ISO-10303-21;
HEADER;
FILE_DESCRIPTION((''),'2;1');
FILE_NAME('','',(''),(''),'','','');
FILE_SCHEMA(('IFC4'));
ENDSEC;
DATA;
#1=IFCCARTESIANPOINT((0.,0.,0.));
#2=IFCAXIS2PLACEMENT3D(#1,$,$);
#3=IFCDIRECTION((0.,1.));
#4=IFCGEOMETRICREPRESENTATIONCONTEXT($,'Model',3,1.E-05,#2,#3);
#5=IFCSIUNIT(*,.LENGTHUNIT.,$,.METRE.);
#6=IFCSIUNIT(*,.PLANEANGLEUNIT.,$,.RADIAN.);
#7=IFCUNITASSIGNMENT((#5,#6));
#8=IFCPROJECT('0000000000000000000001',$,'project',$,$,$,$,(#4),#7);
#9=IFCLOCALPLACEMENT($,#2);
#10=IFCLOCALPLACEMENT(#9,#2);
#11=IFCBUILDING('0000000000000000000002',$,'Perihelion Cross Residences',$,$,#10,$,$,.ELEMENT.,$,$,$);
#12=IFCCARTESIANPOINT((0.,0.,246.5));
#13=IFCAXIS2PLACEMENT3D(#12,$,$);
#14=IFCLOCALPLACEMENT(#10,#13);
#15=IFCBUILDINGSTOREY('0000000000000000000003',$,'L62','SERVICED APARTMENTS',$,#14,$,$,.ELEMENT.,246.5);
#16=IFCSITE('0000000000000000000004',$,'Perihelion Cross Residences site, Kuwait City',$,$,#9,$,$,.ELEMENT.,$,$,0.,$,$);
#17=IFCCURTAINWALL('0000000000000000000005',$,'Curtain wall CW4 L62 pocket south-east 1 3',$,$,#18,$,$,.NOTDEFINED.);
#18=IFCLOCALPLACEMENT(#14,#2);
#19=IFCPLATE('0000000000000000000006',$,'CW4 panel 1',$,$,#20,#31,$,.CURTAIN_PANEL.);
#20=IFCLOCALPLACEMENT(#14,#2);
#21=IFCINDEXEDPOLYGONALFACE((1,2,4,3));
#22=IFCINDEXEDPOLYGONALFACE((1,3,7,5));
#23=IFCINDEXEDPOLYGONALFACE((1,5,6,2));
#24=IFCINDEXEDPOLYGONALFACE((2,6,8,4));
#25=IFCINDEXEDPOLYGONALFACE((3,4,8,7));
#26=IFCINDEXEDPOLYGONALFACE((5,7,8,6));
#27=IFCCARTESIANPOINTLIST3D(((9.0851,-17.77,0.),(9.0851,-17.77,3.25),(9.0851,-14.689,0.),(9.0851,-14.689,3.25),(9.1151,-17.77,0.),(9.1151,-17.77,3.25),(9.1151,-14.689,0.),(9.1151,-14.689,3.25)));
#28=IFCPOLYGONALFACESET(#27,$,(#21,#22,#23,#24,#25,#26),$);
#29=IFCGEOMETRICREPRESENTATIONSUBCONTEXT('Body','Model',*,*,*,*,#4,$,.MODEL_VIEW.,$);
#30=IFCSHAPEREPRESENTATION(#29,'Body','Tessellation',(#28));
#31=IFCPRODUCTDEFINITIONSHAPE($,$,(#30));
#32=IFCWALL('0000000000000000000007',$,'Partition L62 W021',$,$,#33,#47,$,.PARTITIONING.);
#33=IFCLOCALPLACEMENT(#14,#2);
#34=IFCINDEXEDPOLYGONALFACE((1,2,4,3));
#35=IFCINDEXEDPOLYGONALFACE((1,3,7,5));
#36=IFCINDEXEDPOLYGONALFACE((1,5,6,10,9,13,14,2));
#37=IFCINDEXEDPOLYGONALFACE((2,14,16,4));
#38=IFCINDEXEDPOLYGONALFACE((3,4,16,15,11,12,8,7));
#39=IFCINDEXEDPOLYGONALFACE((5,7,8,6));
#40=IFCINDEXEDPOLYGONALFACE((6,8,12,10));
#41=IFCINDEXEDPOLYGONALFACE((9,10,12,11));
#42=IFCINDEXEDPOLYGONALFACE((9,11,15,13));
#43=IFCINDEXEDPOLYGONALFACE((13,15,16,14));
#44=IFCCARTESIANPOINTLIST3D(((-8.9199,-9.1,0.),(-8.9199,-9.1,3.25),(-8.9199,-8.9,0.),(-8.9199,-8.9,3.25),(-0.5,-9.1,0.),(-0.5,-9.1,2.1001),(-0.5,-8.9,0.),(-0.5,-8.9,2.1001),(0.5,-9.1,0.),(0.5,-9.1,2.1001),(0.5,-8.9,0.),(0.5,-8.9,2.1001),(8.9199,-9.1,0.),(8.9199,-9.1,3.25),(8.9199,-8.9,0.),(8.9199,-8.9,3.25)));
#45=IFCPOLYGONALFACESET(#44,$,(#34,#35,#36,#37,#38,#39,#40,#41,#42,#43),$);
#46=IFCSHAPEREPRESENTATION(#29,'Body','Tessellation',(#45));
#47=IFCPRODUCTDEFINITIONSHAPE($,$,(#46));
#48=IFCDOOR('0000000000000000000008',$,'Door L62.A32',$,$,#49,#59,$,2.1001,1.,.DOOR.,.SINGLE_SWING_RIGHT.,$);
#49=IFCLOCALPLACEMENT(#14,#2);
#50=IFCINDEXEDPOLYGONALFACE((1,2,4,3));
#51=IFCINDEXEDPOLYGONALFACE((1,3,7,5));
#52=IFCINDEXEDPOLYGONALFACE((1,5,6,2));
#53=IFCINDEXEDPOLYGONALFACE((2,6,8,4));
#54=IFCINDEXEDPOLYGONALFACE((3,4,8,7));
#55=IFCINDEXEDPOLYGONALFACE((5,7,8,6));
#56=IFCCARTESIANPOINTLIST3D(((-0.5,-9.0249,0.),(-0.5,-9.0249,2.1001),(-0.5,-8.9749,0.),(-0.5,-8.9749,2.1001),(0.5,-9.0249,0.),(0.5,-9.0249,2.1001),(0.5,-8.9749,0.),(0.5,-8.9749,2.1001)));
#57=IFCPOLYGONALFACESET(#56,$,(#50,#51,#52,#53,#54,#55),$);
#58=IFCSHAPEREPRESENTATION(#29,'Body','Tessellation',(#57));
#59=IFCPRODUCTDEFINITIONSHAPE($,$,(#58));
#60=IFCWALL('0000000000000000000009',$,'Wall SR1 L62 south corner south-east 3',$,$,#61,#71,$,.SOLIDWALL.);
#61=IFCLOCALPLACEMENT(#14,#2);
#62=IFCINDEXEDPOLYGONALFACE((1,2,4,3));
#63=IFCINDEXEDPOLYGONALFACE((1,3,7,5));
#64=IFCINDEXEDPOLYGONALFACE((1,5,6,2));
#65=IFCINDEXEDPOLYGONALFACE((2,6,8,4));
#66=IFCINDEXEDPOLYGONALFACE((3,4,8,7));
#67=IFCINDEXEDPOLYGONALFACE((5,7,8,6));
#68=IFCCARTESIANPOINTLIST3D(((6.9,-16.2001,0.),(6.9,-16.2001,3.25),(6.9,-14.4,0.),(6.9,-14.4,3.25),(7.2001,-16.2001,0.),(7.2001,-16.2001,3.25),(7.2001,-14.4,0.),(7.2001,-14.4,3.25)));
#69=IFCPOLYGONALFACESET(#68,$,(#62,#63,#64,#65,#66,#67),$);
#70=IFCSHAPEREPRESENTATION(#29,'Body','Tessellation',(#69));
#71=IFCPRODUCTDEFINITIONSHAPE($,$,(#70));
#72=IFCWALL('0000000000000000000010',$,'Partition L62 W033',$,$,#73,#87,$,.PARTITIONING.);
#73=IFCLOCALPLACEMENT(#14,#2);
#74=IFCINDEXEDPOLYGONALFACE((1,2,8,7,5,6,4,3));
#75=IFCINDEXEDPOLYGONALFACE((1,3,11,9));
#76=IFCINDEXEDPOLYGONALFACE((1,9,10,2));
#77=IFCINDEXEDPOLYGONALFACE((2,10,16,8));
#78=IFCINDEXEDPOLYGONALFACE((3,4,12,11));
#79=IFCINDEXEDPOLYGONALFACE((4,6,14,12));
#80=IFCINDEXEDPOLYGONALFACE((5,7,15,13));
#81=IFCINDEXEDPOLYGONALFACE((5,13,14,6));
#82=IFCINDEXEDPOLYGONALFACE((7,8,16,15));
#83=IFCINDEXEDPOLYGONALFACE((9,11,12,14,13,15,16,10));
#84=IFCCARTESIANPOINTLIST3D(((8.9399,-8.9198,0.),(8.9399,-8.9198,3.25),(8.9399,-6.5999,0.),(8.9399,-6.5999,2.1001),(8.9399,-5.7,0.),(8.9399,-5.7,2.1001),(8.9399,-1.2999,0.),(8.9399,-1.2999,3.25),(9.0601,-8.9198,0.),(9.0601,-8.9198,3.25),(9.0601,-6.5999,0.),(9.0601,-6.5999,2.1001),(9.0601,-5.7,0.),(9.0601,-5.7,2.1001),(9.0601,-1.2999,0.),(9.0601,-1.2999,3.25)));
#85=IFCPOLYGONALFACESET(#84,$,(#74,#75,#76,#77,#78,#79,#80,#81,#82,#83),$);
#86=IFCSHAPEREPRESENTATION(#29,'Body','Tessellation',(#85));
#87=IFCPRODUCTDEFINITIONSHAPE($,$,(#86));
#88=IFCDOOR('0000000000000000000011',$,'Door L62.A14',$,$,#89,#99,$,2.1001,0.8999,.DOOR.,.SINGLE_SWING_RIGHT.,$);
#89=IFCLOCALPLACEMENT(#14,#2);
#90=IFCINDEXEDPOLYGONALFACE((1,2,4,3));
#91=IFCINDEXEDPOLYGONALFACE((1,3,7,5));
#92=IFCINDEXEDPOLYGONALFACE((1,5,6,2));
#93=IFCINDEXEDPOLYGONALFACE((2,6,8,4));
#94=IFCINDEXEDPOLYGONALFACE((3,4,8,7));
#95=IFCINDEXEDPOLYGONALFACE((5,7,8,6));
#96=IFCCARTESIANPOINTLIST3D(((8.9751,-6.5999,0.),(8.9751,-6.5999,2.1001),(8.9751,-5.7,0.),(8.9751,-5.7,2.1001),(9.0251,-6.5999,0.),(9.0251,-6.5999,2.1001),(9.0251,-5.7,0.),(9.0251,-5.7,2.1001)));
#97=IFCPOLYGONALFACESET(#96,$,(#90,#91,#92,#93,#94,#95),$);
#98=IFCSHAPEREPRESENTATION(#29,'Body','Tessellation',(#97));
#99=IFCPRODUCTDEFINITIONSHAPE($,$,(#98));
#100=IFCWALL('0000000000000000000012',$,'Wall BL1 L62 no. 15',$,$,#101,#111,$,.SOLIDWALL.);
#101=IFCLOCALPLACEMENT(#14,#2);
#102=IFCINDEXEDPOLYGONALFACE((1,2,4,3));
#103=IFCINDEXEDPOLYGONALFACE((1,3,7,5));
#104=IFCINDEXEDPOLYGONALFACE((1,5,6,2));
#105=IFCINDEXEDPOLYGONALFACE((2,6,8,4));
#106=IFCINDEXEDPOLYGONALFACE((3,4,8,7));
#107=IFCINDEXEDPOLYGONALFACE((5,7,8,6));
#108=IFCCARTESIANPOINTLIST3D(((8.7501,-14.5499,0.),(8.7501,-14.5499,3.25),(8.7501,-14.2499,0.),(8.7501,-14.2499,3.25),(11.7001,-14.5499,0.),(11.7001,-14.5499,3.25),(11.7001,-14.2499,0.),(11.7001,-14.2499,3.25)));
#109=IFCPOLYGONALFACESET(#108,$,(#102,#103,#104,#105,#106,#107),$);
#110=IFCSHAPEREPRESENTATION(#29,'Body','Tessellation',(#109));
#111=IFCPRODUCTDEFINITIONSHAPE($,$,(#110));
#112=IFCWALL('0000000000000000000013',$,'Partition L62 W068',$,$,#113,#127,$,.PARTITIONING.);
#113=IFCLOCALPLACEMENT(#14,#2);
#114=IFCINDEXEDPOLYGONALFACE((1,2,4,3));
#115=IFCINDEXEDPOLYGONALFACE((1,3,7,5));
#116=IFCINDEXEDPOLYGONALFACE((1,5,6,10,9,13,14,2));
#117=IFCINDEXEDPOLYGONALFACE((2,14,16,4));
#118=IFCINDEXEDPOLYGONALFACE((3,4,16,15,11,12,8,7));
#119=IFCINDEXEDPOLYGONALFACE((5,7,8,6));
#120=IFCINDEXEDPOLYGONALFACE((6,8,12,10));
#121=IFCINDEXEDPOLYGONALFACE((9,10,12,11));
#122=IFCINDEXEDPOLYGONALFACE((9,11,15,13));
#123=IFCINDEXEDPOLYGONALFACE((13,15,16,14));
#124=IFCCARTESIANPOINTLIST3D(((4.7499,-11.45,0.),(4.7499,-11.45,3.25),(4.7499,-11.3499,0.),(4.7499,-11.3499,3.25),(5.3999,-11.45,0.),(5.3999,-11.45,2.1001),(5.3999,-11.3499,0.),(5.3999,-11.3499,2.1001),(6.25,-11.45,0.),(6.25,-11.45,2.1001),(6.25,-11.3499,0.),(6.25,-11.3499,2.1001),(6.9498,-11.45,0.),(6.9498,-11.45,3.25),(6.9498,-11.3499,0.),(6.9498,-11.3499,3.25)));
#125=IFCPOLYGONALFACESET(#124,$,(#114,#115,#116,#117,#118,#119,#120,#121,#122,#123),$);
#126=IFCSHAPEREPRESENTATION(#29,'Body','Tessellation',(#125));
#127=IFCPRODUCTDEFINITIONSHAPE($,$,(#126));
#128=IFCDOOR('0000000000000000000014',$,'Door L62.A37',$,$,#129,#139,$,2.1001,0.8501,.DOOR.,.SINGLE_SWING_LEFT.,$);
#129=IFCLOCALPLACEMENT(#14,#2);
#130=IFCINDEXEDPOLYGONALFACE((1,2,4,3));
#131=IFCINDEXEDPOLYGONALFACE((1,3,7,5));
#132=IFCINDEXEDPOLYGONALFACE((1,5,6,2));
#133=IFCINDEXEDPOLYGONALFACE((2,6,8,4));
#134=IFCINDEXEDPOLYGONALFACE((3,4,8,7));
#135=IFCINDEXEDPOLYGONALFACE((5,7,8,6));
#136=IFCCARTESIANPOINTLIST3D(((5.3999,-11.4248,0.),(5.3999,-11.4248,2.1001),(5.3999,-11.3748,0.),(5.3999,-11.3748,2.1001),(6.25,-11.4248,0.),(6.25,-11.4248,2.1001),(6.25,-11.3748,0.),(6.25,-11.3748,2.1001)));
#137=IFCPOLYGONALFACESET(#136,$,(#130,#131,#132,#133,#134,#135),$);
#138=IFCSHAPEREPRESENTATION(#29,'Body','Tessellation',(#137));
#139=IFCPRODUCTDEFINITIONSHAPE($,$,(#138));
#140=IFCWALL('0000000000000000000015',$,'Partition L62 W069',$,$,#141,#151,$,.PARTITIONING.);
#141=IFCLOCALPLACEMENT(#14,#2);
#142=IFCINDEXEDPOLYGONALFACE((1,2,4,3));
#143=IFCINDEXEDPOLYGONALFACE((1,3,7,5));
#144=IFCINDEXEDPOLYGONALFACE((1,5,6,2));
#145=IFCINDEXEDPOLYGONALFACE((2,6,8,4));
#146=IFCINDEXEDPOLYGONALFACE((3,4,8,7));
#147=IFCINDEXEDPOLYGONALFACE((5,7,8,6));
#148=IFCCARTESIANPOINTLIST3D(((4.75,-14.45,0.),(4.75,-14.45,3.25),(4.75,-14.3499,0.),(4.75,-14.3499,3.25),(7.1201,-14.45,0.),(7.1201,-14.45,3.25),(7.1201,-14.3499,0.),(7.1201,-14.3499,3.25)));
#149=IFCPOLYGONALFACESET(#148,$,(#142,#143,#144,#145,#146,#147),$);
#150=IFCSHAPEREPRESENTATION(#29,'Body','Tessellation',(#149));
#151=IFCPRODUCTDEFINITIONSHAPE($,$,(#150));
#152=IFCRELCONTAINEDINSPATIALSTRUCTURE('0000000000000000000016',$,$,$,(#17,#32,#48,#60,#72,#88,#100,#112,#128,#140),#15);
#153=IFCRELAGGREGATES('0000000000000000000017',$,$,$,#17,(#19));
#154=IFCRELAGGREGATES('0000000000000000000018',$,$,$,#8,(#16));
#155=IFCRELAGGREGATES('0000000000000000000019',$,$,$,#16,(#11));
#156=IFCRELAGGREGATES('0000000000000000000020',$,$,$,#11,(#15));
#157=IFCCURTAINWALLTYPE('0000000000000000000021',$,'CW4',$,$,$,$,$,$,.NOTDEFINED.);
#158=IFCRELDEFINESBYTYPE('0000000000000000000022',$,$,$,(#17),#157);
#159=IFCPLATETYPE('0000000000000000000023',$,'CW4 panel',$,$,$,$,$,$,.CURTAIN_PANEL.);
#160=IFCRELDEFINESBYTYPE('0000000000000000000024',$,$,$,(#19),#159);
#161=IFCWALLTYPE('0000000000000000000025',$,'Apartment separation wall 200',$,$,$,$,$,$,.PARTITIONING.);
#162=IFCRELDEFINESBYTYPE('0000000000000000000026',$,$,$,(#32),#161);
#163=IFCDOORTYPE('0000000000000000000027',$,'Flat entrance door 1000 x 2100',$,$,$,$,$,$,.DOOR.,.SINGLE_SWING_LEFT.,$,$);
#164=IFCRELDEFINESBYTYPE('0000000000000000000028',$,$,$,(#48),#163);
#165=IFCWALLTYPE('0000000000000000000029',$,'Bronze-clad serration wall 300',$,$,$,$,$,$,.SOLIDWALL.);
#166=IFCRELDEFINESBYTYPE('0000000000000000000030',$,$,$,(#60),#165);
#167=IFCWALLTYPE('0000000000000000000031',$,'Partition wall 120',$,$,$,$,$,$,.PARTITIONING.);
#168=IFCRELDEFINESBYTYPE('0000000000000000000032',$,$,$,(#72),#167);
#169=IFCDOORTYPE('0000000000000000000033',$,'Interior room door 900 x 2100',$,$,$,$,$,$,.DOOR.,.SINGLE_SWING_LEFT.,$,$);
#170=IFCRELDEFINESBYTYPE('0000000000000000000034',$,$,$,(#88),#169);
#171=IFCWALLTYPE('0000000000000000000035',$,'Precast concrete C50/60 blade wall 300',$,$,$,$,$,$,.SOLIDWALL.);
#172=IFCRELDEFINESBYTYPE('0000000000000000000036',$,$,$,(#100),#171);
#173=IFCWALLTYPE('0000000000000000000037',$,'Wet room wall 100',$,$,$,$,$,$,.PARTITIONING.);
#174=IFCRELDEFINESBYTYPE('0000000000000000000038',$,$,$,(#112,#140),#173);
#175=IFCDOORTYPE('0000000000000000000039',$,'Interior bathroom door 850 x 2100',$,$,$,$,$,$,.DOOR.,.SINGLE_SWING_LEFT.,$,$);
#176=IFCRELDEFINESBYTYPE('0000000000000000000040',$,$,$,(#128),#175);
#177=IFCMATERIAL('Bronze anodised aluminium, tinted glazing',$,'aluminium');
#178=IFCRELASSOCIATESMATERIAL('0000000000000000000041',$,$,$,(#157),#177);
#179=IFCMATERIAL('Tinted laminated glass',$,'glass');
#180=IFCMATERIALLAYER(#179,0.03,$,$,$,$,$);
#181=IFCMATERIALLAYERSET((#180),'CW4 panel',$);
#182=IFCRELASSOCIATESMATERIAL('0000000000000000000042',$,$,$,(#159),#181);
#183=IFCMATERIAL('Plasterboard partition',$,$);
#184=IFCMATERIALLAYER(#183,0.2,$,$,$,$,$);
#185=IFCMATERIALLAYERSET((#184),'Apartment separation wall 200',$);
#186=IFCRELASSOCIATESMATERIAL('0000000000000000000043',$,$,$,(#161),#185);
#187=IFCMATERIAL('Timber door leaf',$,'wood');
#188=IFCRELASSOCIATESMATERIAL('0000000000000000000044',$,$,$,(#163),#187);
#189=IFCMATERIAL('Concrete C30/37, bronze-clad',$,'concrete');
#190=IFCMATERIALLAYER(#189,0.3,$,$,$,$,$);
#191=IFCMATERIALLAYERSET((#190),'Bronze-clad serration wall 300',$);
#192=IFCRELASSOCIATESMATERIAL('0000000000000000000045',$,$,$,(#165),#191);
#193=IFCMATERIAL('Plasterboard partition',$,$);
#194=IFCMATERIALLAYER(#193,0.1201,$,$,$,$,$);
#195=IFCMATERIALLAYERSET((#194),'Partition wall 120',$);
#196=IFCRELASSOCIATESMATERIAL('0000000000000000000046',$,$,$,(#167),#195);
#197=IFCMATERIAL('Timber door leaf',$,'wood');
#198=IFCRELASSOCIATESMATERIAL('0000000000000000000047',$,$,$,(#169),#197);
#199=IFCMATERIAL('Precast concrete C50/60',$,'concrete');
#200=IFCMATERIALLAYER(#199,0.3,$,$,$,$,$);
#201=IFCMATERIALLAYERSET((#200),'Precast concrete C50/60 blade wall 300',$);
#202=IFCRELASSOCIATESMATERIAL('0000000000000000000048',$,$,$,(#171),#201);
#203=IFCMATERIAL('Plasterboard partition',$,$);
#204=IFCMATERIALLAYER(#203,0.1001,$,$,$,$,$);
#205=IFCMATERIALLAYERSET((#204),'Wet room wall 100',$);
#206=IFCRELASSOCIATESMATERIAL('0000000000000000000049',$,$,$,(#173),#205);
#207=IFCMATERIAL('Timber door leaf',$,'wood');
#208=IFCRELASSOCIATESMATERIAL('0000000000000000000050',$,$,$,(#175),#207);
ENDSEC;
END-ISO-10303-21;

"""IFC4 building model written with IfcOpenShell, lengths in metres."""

from ifc_helpers import new_model, si_unit, direction, frame, frame_2d, origin, origin_2d, place, context, subcontext, project, spatial, rectangle, extrude, material, layer, layer_set, type_object, element, fill, aggregate, save


model = new_model("IFC4")

# Units and contexts
model_context = context("Model", 3, precision=1e-05, world=origin(), true_north=direction((0.0, 1.0)))
body_context = subcontext(model_context, "Body", "Model", "MODEL_VIEW")
ifc_project = project(units=[si_unit("LENGTHUNIT", "METRE"), si_unit("PLANEANGLEUNIT", "RADIAN")], contexts=[model_context])

# Site, building, storey
site_placement = place(None, origin())
site = spatial("IfcSite", under=ifc_project, at=site_placement, Name="Perihelion Cross Residences site, Kuwait City", CompositionType="ELEMENT", RefElevation=0.0)
building_placement = place(site_placement, origin())
building = spatial("IfcBuilding", under=site, at=building_placement, Name="Perihelion Cross Residences", CompositionType="ELEMENT")
storey_placement = place(building_placement, frame((0.0, 0.0, 246.5)))
storey = spatial("IfcBuildingStorey", under=building, at=storey_placement, Name="L62", Description="SERVICED APARTMENTS", CompositionType="ELEMENT", Elevation=246.5)

# Shared definitions
ifc_material_1 = material(Name="Bronze anodised aluminium, tinted glazing", Category="aluminium")
curtain_wall_type_1 = type_object("IfcCurtainWallType", Name="CW4", PredefinedType="NOTDEFINED", material=ifc_material_1)

# Curtain wall
curtain_wall_1_placement = place(storey_placement, origin())
curtain_wall_1 = element("IfcCurtainWall", 1, at=curtain_wall_1_placement, inside=storey, type_object=curtain_wall_type_1, Name="Curtain wall CW4 L62 pocket south-east 1 3", PredefinedType="NOTDEFINED")

# Plate
ifc_material_2 = material(Name="Tinted laminated glass", Category="glass")
ifc_layer_1 = layer(ifc_material_2, 0.03)
ifc_layer_set_1 = layer_set([ifc_layer_1], Name="CW4 panel")
plate_type_1 = type_object("IfcPlateType", Name="CW4 panel", PredefinedType="CURTAIN_PANEL", material=ifc_layer_set_1)
plate_1_placement = place(storey_placement, frame((9.1001, -16.2295, 0.0), z_axis=(0.0, 0.0, 1.0), x_axis=(0.0, 1.0, 0.0)))
plate_1 = element("IfcPlate", 2, at=plate_1_placement, type_object=plate_type_1, Name="CW4 panel 1", PredefinedType="CURTAIN_PANEL", context=body_context, shape_type="SweptSolid", body=[
    extrude(rectangle(XDim=3.0811, YDim=0.03, at=origin_2d()), origin(), (0.0, 0.0, 1.0), 3.25),
])
aggregate(curtain_wall_1, [plate_1])

# Wall, opening, door
ifc_material_3 = material(Name="Plasterboard partition")
ifc_layer_2 = layer(ifc_material_3, 0.2)
ifc_layer_set_2 = layer_set([ifc_layer_2], Name="Apartment separation wall 200")
wall_type_1 = type_object("IfcWallType", Name="Apartment separation wall 200", PredefinedType="PARTITIONING", material=ifc_layer_set_2)
wall_1_placement = place(storey_placement, frame((8.9199, -9.0, 0.0), z_axis=(0.0, 0.0, 1.0), x_axis=(-1.0, 0.0, 0.0)))
wall_1 = element("IfcWall", 3, at=wall_1_placement, inside=storey, type_object=wall_type_1, Name="Partition L62 W021", PredefinedType="PARTITIONING", context=body_context, shape_type="SweptSolid", body=[
    extrude(rectangle(XDim=17.8398, YDim=0.2, at=frame_2d((8.9199, 0.0))), origin(), (0.0, 0.0, 1.0), 3.25),
])
opening_1_placement = place(wall_1_placement, frame((8.4199, 0.0, 0.0)))
opening_1 = element("IfcOpeningElement", 4, at=opening_1_placement, cuts=wall_1, PredefinedType="OPENING", context=body_context, shape_type="SweptSolid", body=[
    extrude(rectangle(XDim=1.0, YDim=2.1001, at=frame_2d((0.5, 1.05))), frame((0.0, 0.1099, 0.0), z_axis=(0.0, -1.0, 0.0), x_axis=(1.0, 0.0, 0.0)), (0.0, 0.0, 1.0), 0.22),
])
ifc_material_4 = material(Name="Timber door leaf", Category="wood")
door_type_1 = type_object("IfcDoorType", Name="Flat entrance door 1000 x 2100", OperationType="SINGLE_SWING_LEFT", PredefinedType="DOOR", material=ifc_material_4)
door_1_placement = place(opening_1_placement, origin())
door_1 = element("IfcDoor", 5, at=door_1_placement, inside=storey, type_object=door_type_1, Name="Door L62.A32", OperationType="SINGLE_SWING_RIGHT", OverallHeight=2.1001, OverallWidth=1.0, PredefinedType="DOOR", context=body_context, shape_type="SweptSolid", body=[
    extrude(rectangle(XDim=1.0, YDim=2.1001, at=frame_2d((0.5, 1.05))), frame((0.0, 0.0249, 0.0), z_axis=(0.0, -1.0, 0.0), x_axis=(1.0, 0.0, 0.0)), (0.0, 0.0, 1.0), 0.05),
])
fill(opening_1, door_1)

# Wall
ifc_material_5 = material(Name="Concrete C30/37, bronze-clad", Category="concrete")
ifc_layer_3 = layer(ifc_material_5, 0.3)
ifc_layer_set_3 = layer_set([ifc_layer_3], Name="Bronze-clad serration wall 300")
wall_type_2 = type_object("IfcWallType", Name="Bronze-clad serration wall 300", PredefinedType="SOLIDWALL", material=ifc_layer_set_3)
wall_2_placement = place(storey_placement, frame((7.05, -16.2, 0.0), z_axis=(0.0, 0.0, 1.0), x_axis=(0.0, 1.0, 0.0)))
element("IfcWall", 6, at=wall_2_placement, inside=storey, type_object=wall_type_2, Name="Wall SR1 L62 south corner south-east 3", PredefinedType="SOLIDWALL", context=body_context, shape_type="SweptSolid", body=[
    extrude(rectangle(XDim=1.8, YDim=0.3, at=frame_2d((0.8999, 0.0))), origin(), (0.0, 0.0, 1.0), 3.25),
])

# Wall, opening, door
ifc_material_6 = material(Name="Plasterboard partition")
ifc_layer_4 = layer(ifc_material_6, 0.1201)
ifc_layer_set_4 = layer_set([ifc_layer_4], Name="Partition wall 120")
wall_type_3 = type_object("IfcWallType", Name="Partition wall 120", PredefinedType="PARTITIONING", material=ifc_layer_set_4)
wall_3_placement = place(storey_placement, frame((9.0, -8.9199, 0.0), z_axis=(0.0, 0.0, 1.0), x_axis=(0.0, 1.0, 0.0)))
wall_3 = element("IfcWall", 7, at=wall_3_placement, inside=storey, type_object=wall_type_3, Name="Partition L62 W033", PredefinedType="PARTITIONING", context=body_context, shape_type="SweptSolid", body=[
    extrude(rectangle(XDim=7.6199, YDim=0.1201, at=frame_2d((3.8101, 0.0))), origin(), (0.0, 0.0, 1.0), 3.25),
])
opening_2_placement = place(wall_3_placement, frame((2.3201, 0.0, 0.0)))
opening_2 = element("IfcOpeningElement", 8, at=opening_2_placement, cuts=wall_3, PredefinedType="OPENING", context=body_context, shape_type="SweptSolid", body=[
    extrude(rectangle(XDim=0.8999, YDim=2.1001, at=frame_2d((0.45, 1.05))), frame((0.0, 0.0701, 0.0), z_axis=(0.0, -1.0, 0.0), x_axis=(1.0, 0.0, 0.0)), (0.0, 0.0, 1.0), 0.1401),
])
ifc_material_7 = material(Name="Timber door leaf", Category="wood")
door_type_2 = type_object("IfcDoorType", Name="Interior room door 900 x 2100", OperationType="SINGLE_SWING_LEFT", PredefinedType="DOOR", material=ifc_material_7)
door_2_placement = place(opening_2_placement, origin())
door_2 = element("IfcDoor", 9, at=door_2_placement, inside=storey, type_object=door_type_2, Name="Door L62.A14", OperationType="SINGLE_SWING_RIGHT", OverallHeight=2.1001, OverallWidth=0.8999, PredefinedType="DOOR", context=body_context, shape_type="SweptSolid", body=[
    extrude(rectangle(XDim=0.8999, YDim=2.1001, at=frame_2d((0.45, 1.05))), frame((0.0, 0.0249, 0.0), z_axis=(0.0, -1.0, 0.0), x_axis=(1.0, 0.0, 0.0)), (0.0, 0.0, 1.0), 0.05),
])
fill(opening_2, door_2)

# Wall
ifc_material_8 = material(Name="Precast concrete C50/60", Category="concrete")
ifc_layer_5 = layer(ifc_material_8, 0.3)
ifc_layer_set_5 = layer_set([ifc_layer_5], Name="Precast concrete C50/60 blade wall 300")
wall_type_4 = type_object("IfcWallType", Name="Precast concrete C50/60 blade wall 300", PredefinedType="SOLIDWALL", material=ifc_layer_set_5)
wall_4_placement = place(storey_placement, frame((8.75, -14.3999, 0.0), z_axis=(0.0, 0.0, 1.0), x_axis=(1.0, 0.0, 0.0)))
element("IfcWall", 10, at=wall_4_placement, inside=storey, type_object=wall_type_4, Name="Wall BL1 L62 no. 15", PredefinedType="SOLIDWALL", context=body_context, shape_type="SweptSolid", body=[
    extrude(rectangle(XDim=2.95, YDim=0.3, at=frame_2d((1.4751, 0.0))), origin(), (0.0, 0.0, 1.0), 3.25),
])

# Wall, opening, door
ifc_material_9 = material(Name="Plasterboard partition")
ifc_layer_6 = layer(ifc_material_9, 0.1001)
ifc_layer_set_6 = layer_set([ifc_layer_6], Name="Wet room wall 100")
wall_type_5 = type_object("IfcWallType", Name="Wet room wall 100", PredefinedType="PARTITIONING", material=ifc_layer_set_6)
wall_5_placement = place(storey_placement, frame((6.95, -11.3999, 0.0), z_axis=(0.0, 0.0, 1.0), x_axis=(-1.0, 0.0, 0.0)))
wall_5 = element("IfcWall", 11, at=wall_5_placement, inside=storey, type_object=wall_type_5, Name="Partition L62 W068", PredefinedType="PARTITIONING", context=body_context, shape_type="SweptSolid", body=[
    extrude(rectangle(XDim=2.2, YDim=0.1001, at=frame_2d((1.1001, 0.0))), origin(), (0.0, 0.0, 1.0), 3.25),
])
opening_3_placement = place(wall_5_placement, frame((0.7, 0.0, 0.0)))
opening_3 = element("IfcOpeningElement", 12, at=opening_3_placement, cuts=wall_5, PredefinedType="OPENING", context=body_context, shape_type="SweptSolid", body=[
    extrude(rectangle(XDim=0.8501, YDim=2.1001, at=frame_2d((0.425, 1.05))), frame((0.0, 0.0601, 0.0), z_axis=(0.0, -1.0, 0.0), x_axis=(1.0, 0.0, 0.0)), (0.0, 0.0, 1.0), 0.1201),
])
ifc_material_10 = material(Name="Timber door leaf", Category="wood")
door_type_3 = type_object("IfcDoorType", Name="Interior bathroom door 850 x 2100", OperationType="SINGLE_SWING_LEFT", PredefinedType="DOOR", material=ifc_material_10)
door_3_placement = place(opening_3_placement, origin())
door_3 = element("IfcDoor", 13, at=door_3_placement, inside=storey, type_object=door_type_3, Name="Door L62.A37", OperationType="SINGLE_SWING_LEFT", OverallHeight=2.1001, OverallWidth=0.8501, PredefinedType="DOOR", context=body_context, shape_type="SweptSolid", body=[
    extrude(rectangle(XDim=0.8501, YDim=2.1001, at=frame_2d((0.425, 1.05))), frame((0.0, 0.0249, 0.0), z_axis=(0.0, -1.0, 0.0), x_axis=(1.0, 0.0, 0.0)), (0.0, 0.0, 1.0), 0.05),
])
fill(opening_3, door_3)

# Wall
wall_6_placement = place(storey_placement, frame((7.1201, -14.3999, 0.0), z_axis=(0.0, 0.0, 1.0), x_axis=(-1.0, 0.0, 0.0)))
element("IfcWall", 14, at=wall_6_placement, inside=storey, type_object=wall_type_5, Name="Partition L62 W069", PredefinedType="PARTITIONING", context=body_context, shape_type="SweptSolid", body=[
    extrude(rectangle(XDim=2.3701, YDim=0.1001, at=frame_2d((1.1851, 0.0))), origin(), (0.0, 0.0, 1.0), 3.25),
])

save(model, "model.ifc")
